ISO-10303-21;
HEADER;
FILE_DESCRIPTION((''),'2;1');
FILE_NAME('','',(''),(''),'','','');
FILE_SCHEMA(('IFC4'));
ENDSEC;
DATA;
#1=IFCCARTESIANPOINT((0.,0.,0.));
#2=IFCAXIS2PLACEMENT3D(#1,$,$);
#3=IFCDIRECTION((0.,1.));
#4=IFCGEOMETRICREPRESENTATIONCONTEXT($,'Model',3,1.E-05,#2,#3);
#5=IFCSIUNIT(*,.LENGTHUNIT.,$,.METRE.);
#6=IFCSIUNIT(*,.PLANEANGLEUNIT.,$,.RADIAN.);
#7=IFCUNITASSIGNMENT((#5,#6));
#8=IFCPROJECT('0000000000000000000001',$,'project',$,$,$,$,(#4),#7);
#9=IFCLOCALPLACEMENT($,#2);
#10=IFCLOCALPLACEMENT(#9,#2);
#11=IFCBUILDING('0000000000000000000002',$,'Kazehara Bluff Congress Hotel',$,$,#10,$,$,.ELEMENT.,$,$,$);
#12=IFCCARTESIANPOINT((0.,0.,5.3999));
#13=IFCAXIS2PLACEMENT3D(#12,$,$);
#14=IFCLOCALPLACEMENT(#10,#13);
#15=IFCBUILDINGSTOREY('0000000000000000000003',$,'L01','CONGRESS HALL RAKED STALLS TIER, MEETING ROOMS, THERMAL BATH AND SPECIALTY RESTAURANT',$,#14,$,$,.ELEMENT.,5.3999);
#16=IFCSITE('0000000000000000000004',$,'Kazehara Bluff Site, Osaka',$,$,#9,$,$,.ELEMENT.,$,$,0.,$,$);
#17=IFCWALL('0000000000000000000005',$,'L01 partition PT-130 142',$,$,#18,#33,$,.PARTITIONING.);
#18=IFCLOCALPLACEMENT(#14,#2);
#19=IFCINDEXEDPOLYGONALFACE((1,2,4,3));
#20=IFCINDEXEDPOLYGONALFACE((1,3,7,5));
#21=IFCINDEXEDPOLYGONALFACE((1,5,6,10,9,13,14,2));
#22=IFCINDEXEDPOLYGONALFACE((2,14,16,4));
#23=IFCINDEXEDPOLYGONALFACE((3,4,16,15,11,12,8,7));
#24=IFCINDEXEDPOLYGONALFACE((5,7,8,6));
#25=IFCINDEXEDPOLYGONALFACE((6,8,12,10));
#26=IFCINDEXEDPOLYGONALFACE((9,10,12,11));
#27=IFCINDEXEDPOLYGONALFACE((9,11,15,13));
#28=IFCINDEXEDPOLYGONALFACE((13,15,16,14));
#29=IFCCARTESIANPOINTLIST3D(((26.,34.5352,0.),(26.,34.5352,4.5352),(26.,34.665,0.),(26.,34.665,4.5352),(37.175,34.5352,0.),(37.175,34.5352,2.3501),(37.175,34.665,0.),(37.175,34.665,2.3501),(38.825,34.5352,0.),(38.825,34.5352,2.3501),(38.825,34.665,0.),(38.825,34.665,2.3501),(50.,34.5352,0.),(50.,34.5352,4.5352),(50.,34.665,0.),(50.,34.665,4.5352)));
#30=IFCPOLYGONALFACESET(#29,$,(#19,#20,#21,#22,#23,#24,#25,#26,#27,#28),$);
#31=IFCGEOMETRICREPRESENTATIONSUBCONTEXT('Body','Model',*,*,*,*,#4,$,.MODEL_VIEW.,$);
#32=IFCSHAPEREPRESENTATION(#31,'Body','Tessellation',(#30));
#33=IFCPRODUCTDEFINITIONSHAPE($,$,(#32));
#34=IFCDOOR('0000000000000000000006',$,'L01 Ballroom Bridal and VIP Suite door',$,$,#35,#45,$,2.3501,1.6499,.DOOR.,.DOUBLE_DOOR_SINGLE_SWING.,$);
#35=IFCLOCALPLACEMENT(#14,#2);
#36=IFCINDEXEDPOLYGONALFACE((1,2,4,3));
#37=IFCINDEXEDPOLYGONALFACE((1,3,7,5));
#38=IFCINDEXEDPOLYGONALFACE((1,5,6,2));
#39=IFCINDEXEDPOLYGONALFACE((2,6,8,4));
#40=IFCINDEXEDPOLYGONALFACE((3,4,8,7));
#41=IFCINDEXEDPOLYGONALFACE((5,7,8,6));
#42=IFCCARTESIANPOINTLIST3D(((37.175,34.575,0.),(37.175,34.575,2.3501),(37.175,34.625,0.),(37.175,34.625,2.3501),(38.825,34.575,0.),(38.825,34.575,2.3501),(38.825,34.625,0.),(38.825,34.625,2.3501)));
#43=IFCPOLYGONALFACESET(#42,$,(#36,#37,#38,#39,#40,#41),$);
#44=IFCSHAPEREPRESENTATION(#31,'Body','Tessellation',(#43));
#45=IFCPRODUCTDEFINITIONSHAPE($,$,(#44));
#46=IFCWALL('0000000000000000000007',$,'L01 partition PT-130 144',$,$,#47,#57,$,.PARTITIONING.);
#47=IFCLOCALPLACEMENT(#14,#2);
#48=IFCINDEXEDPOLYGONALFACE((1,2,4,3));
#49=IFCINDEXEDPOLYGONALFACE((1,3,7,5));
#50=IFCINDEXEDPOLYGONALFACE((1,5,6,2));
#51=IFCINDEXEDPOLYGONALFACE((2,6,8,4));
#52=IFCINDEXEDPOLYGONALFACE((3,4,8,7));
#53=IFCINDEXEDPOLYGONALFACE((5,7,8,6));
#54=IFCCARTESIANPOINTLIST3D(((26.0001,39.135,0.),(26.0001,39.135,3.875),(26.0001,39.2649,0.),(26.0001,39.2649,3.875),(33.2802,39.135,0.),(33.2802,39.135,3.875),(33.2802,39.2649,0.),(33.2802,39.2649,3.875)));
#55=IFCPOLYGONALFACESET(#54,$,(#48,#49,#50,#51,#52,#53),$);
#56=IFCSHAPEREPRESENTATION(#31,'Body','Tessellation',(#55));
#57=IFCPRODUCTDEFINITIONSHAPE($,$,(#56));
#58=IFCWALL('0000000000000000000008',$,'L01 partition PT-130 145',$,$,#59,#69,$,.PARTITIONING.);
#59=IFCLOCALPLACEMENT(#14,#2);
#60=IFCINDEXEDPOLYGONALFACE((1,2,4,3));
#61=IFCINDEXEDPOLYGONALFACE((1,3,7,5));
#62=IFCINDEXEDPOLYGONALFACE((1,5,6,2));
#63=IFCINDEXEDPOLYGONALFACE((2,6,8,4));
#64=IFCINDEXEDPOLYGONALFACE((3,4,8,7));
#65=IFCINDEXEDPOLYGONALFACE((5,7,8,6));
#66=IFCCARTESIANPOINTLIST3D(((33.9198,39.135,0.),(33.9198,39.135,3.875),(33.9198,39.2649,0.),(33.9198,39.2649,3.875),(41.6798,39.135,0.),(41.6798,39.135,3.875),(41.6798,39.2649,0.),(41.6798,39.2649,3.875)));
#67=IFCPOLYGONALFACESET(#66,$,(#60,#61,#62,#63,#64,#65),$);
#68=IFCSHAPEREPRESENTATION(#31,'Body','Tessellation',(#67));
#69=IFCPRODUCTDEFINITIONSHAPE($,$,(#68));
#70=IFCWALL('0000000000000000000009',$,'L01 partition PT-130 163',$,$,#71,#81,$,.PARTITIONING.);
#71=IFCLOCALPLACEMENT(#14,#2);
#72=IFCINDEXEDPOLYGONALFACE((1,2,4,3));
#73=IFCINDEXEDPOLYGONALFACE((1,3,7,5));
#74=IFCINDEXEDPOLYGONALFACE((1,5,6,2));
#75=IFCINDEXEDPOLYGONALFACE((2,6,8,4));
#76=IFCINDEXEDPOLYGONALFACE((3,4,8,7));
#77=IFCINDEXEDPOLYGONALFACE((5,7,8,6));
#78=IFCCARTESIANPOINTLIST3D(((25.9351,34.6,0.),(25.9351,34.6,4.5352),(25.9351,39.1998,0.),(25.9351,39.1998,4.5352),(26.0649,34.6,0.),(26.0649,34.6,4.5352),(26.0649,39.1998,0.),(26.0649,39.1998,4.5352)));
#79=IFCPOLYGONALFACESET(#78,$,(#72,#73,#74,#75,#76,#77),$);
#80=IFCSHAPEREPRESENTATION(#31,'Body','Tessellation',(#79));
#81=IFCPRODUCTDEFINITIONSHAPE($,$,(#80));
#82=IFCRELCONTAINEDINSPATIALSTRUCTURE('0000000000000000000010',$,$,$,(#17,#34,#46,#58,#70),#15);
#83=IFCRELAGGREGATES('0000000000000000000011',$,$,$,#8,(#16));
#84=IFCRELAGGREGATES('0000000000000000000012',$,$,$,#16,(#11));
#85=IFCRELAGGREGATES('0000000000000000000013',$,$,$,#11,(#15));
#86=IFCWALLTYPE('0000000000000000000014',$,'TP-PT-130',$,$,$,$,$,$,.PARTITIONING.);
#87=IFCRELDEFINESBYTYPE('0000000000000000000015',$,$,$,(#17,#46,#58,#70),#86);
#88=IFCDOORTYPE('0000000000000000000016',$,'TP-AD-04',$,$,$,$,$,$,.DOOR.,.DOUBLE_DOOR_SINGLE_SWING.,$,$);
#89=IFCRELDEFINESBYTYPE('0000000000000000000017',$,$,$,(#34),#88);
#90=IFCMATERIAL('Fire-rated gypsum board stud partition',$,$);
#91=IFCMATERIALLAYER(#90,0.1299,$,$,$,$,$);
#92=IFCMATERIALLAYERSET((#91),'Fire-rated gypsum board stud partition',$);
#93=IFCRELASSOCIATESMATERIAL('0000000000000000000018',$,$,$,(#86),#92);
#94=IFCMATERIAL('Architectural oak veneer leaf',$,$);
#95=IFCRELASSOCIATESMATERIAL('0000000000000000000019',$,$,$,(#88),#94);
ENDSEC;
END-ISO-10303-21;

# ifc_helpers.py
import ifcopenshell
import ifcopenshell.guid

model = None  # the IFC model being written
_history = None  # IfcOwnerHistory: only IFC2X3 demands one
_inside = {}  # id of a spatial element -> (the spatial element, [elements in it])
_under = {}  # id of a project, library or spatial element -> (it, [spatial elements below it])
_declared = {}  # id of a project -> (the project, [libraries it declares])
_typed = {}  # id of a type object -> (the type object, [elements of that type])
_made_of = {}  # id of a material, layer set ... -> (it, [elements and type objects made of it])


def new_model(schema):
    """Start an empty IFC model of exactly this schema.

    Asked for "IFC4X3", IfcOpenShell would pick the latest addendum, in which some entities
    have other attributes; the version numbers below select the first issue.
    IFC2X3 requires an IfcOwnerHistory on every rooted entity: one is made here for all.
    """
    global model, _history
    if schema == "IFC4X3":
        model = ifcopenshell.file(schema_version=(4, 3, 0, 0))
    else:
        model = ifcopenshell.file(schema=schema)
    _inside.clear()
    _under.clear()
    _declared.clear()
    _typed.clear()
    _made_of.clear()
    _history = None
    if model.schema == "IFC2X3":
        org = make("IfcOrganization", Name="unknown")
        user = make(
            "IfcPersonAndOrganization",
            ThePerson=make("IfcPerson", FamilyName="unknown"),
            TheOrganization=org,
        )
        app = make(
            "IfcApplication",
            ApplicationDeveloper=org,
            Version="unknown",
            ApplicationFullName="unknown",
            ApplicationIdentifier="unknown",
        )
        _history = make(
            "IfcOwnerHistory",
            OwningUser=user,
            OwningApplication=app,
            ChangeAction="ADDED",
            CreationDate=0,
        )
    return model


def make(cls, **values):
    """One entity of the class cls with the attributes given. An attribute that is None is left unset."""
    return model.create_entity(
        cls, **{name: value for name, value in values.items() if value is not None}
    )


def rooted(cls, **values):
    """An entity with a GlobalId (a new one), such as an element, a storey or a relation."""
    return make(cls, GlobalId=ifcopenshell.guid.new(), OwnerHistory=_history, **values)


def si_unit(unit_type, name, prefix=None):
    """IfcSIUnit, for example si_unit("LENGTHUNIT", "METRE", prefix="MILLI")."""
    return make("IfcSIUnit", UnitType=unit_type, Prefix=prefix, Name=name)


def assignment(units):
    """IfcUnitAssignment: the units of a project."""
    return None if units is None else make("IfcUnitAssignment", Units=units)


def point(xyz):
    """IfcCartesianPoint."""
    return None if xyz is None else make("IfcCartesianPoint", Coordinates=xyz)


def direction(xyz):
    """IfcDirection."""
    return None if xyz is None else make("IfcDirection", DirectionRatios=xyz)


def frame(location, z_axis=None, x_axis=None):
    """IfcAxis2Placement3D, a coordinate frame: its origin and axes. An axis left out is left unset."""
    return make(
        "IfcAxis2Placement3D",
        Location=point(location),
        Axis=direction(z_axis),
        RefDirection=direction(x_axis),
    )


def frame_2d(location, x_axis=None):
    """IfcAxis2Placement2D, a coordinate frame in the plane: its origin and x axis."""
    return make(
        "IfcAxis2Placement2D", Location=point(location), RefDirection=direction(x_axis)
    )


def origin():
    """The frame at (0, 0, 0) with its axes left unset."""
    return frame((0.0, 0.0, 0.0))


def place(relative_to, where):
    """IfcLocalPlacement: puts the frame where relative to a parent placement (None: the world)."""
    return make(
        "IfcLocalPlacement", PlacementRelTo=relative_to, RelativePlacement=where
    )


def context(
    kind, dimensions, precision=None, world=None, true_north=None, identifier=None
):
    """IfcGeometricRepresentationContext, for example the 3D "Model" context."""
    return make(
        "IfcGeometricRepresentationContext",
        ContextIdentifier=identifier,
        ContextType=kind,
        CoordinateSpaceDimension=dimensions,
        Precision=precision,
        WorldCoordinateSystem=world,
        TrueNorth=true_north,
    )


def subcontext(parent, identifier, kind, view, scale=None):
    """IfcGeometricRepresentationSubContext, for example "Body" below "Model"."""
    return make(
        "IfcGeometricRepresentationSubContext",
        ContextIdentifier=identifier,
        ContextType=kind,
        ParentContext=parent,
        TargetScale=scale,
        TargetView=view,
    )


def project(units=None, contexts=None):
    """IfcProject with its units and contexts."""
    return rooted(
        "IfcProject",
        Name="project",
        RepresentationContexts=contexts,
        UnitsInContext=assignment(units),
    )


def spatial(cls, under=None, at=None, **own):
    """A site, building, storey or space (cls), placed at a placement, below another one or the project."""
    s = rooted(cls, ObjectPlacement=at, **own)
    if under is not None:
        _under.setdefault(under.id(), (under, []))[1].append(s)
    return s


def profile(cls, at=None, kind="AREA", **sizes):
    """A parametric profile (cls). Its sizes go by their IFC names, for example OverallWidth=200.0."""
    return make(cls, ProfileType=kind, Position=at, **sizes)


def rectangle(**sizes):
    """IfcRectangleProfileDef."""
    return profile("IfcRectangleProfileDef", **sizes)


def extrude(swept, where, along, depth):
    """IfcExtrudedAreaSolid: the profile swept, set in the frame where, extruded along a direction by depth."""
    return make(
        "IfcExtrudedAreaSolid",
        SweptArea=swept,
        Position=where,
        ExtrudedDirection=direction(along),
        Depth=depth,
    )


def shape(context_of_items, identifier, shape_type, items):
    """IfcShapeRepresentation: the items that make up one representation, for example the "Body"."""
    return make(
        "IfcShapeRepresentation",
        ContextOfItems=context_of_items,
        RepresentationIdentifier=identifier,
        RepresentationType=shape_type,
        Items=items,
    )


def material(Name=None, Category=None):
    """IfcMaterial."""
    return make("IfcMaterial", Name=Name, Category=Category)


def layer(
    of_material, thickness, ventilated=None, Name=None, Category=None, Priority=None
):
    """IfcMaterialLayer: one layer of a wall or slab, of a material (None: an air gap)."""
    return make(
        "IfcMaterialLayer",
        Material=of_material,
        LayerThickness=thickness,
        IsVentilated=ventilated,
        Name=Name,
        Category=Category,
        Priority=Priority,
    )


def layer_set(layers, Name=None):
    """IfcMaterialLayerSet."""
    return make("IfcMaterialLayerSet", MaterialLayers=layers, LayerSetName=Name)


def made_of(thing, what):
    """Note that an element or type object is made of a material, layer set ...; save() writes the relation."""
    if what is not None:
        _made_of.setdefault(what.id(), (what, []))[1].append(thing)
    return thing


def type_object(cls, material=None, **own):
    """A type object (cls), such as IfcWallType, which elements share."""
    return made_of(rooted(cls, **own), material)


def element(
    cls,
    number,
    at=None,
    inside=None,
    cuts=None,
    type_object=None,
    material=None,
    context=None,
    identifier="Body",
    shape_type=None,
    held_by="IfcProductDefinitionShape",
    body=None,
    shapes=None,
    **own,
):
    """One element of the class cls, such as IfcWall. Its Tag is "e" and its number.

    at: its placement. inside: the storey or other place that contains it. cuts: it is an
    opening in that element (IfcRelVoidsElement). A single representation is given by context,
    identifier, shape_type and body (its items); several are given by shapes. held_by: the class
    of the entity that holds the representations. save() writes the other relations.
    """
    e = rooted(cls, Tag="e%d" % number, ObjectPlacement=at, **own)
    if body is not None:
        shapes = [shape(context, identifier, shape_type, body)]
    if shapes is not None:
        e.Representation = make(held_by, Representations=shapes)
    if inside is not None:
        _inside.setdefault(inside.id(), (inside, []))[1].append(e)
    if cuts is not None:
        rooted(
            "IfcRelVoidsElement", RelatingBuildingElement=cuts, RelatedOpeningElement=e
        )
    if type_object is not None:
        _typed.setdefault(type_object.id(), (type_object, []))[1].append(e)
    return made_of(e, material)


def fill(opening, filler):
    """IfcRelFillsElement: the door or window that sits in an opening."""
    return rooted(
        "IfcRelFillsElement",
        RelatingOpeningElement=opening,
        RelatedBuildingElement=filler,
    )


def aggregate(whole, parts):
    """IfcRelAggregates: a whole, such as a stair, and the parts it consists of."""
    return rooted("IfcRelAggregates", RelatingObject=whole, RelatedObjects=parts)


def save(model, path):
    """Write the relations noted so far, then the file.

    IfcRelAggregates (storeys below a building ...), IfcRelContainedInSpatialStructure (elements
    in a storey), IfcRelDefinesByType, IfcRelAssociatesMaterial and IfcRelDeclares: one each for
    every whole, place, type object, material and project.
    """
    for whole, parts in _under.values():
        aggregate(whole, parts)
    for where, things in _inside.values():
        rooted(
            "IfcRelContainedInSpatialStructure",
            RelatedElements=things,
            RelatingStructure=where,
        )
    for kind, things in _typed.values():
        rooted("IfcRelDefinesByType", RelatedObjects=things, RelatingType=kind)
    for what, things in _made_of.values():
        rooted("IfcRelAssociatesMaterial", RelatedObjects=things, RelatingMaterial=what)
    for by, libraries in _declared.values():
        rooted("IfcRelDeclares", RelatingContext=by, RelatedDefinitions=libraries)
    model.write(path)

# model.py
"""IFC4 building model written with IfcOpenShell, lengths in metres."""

from ifc_helpers import new_model, si_unit, direction, frame, frame_2d, origin, place, context, subcontext, project, spatial, rectangle, extrude, material, layer, layer_set, type_object, element, fill, save


model = new_model("IFC4")

# Units and contexts
model_context = context("Model", 3, precision=1e-05, world=origin(), true_north=direction((0.0, 1.0)))
body_context = subcontext(model_context, "Body", "Model", "MODEL_VIEW")
ifc_project = project(units=[si_unit("LENGTHUNIT", "METRE"), si_unit("PLANEANGLEUNIT", "RADIAN")], contexts=[model_context])

# Site, building, storey
site_placement = place(None, origin())
site = spatial("IfcSite", under=ifc_project, at=site_placement, Name="Kazehara Bluff Site, Osaka", CompositionType="ELEMENT", RefElevation=0.0)
building_placement = place(site_placement, origin())
building = spatial("IfcBuilding", under=site, at=building_placement, Name="Kazehara Bluff Congress Hotel", CompositionType="ELEMENT")
storey_placement = place(building_placement, frame((0.0, 0.0, 5.3999)))
storey = spatial("IfcBuildingStorey", under=building, at=storey_placement, Name="L01", Description="CONGRESS HALL RAKED STALLS TIER, MEETING ROOMS, THERMAL BATH AND SPECIALTY RESTAURANT", CompositionType="ELEMENT", Elevation=5.3999)

# Wall, opening, door
ifc_material_1 = material(Name="Fire-rated gypsum board stud partition")
ifc_layer_1 = layer(ifc_material_1, 0.1299)
ifc_layer_set_1 = layer_set([ifc_layer_1], Name="Fire-rated gypsum board stud partition")
wall_type_1 = type_object("IfcWallType", Name="TP-PT-130", PredefinedType="PARTITIONING", material=ifc_layer_set_1)
wall_1_placement = place(storey_placement, frame((26.0, 34.6001, 0.0), z_axis=(0.0, 0.0, 1.0), x_axis=(1.0, 0.0, 0.0)))
wall_1 = element("IfcWall", 1, at=wall_1_placement, inside=storey, type_object=wall_type_1, Name="L01 partition PT-130 142", PredefinedType="PARTITIONING", context=body_context, shape_type="SweptSolid", body=[
    extrude(rectangle(XDim=24.0, YDim=0.1299, at=frame_2d((12.0, 0.0))), origin(), (0.0, 0.0, 1.0), 4.5352),
])
opening_placement = place(wall_1_placement, frame((11.175, 0.0, 0.0)))
opening = element("IfcOpeningElement", 2, at=opening_placement, cuts=wall_1, PredefinedType="OPENING", context=body_context, shape_type="SweptSolid", body=[
    extrude(rectangle(XDim=1.6499, YDim=2.3501, at=frame_2d((0.825, 1.175))), frame((0.0, 0.075, 0.0), z_axis=(0.0, -1.0, 0.0), x_axis=(1.0, 0.0, 0.0)), (0.0, 0.0, 1.0), 0.1499),
])
ifc_material_2 = material(Name="Architectural oak veneer leaf")
door_type = type_object("IfcDoorType", Name="TP-AD-04", OperationType="DOUBLE_DOOR_SINGLE_SWING", PredefinedType="DOOR", material=ifc_material_2)
door_placement = place(opening_placement, origin())
door = element("IfcDoor", 3, at=door_placement, inside=storey, type_object=door_type, Name="L01 Ballroom Bridal and VIP Suite door", OperationType="DOUBLE_DOOR_SINGLE_SWING", OverallHeight=2.3501, OverallWidth=1.6499, PredefinedType="DOOR", context=body_context, shape_type="SweptSolid", body=[
    extrude(rectangle(XDim=1.6499, YDim=2.3501, at=frame_2d((0.825, 1.175))), frame((0.0, 0.0249, 0.0), z_axis=(0.0, -1.0, 0.0), x_axis=(1.0, 0.0, 0.0)), (0.0, 0.0, 1.0), 0.05),
])
fill(opening, door)

# Walls
wall_2_placement = place(storey_placement, frame((26.0, 39.2, 0.0), z_axis=(0.0, 0.0, 1.0), x_axis=(1.0, 0.0, 0.0)))
element("IfcWall", 4, at=wall_2_placement, inside=storey, type_object=wall_type_1, Name="L01 partition PT-130 144", PredefinedType="PARTITIONING", context=body_context, shape_type="SweptSolid", body=[
    extrude(rectangle(XDim=7.28, YDim=0.1299, at=frame_2d((3.6401, 0.0))), origin(), (0.0, 0.0, 1.0), 3.875),
])
wall_3_placement = place(storey_placement, frame((33.9199, 39.2, 0.0), z_axis=(0.0, 0.0, 1.0), x_axis=(1.0, 0.0, 0.0)))
element("IfcWall", 5, at=wall_3_placement, inside=storey, type_object=wall_type_1, Name="L01 partition PT-130 145", PredefinedType="PARTITIONING", context=body_context, shape_type="SweptSolid", body=[
    extrude(rectangle(XDim=7.76, YDim=0.1299, at=frame_2d((3.8799, 0.0))), origin(), (0.0, 0.0, 1.0), 3.875),
])
wall_4_placement = place(storey_placement, frame((26.0, 34.6001, 0.0), z_axis=(0.0, 0.0, 1.0), x_axis=(0.0, 1.0, 0.0)))
element("IfcWall", 6, at=wall_4_placement, inside=storey, type_object=wall_type_1, Name="L01 partition PT-130 163", PredefinedType="PARTITIONING", context=body_context, shape_type="SweptSolid", body=[
    extrude(rectangle(XDim=4.5999, YDim=0.1299, at=frame_2d((2.2998, 0.0))), origin(), (0.0, 0.0, 1.0), 4.5352),
])

save(model, "model.ifc")
